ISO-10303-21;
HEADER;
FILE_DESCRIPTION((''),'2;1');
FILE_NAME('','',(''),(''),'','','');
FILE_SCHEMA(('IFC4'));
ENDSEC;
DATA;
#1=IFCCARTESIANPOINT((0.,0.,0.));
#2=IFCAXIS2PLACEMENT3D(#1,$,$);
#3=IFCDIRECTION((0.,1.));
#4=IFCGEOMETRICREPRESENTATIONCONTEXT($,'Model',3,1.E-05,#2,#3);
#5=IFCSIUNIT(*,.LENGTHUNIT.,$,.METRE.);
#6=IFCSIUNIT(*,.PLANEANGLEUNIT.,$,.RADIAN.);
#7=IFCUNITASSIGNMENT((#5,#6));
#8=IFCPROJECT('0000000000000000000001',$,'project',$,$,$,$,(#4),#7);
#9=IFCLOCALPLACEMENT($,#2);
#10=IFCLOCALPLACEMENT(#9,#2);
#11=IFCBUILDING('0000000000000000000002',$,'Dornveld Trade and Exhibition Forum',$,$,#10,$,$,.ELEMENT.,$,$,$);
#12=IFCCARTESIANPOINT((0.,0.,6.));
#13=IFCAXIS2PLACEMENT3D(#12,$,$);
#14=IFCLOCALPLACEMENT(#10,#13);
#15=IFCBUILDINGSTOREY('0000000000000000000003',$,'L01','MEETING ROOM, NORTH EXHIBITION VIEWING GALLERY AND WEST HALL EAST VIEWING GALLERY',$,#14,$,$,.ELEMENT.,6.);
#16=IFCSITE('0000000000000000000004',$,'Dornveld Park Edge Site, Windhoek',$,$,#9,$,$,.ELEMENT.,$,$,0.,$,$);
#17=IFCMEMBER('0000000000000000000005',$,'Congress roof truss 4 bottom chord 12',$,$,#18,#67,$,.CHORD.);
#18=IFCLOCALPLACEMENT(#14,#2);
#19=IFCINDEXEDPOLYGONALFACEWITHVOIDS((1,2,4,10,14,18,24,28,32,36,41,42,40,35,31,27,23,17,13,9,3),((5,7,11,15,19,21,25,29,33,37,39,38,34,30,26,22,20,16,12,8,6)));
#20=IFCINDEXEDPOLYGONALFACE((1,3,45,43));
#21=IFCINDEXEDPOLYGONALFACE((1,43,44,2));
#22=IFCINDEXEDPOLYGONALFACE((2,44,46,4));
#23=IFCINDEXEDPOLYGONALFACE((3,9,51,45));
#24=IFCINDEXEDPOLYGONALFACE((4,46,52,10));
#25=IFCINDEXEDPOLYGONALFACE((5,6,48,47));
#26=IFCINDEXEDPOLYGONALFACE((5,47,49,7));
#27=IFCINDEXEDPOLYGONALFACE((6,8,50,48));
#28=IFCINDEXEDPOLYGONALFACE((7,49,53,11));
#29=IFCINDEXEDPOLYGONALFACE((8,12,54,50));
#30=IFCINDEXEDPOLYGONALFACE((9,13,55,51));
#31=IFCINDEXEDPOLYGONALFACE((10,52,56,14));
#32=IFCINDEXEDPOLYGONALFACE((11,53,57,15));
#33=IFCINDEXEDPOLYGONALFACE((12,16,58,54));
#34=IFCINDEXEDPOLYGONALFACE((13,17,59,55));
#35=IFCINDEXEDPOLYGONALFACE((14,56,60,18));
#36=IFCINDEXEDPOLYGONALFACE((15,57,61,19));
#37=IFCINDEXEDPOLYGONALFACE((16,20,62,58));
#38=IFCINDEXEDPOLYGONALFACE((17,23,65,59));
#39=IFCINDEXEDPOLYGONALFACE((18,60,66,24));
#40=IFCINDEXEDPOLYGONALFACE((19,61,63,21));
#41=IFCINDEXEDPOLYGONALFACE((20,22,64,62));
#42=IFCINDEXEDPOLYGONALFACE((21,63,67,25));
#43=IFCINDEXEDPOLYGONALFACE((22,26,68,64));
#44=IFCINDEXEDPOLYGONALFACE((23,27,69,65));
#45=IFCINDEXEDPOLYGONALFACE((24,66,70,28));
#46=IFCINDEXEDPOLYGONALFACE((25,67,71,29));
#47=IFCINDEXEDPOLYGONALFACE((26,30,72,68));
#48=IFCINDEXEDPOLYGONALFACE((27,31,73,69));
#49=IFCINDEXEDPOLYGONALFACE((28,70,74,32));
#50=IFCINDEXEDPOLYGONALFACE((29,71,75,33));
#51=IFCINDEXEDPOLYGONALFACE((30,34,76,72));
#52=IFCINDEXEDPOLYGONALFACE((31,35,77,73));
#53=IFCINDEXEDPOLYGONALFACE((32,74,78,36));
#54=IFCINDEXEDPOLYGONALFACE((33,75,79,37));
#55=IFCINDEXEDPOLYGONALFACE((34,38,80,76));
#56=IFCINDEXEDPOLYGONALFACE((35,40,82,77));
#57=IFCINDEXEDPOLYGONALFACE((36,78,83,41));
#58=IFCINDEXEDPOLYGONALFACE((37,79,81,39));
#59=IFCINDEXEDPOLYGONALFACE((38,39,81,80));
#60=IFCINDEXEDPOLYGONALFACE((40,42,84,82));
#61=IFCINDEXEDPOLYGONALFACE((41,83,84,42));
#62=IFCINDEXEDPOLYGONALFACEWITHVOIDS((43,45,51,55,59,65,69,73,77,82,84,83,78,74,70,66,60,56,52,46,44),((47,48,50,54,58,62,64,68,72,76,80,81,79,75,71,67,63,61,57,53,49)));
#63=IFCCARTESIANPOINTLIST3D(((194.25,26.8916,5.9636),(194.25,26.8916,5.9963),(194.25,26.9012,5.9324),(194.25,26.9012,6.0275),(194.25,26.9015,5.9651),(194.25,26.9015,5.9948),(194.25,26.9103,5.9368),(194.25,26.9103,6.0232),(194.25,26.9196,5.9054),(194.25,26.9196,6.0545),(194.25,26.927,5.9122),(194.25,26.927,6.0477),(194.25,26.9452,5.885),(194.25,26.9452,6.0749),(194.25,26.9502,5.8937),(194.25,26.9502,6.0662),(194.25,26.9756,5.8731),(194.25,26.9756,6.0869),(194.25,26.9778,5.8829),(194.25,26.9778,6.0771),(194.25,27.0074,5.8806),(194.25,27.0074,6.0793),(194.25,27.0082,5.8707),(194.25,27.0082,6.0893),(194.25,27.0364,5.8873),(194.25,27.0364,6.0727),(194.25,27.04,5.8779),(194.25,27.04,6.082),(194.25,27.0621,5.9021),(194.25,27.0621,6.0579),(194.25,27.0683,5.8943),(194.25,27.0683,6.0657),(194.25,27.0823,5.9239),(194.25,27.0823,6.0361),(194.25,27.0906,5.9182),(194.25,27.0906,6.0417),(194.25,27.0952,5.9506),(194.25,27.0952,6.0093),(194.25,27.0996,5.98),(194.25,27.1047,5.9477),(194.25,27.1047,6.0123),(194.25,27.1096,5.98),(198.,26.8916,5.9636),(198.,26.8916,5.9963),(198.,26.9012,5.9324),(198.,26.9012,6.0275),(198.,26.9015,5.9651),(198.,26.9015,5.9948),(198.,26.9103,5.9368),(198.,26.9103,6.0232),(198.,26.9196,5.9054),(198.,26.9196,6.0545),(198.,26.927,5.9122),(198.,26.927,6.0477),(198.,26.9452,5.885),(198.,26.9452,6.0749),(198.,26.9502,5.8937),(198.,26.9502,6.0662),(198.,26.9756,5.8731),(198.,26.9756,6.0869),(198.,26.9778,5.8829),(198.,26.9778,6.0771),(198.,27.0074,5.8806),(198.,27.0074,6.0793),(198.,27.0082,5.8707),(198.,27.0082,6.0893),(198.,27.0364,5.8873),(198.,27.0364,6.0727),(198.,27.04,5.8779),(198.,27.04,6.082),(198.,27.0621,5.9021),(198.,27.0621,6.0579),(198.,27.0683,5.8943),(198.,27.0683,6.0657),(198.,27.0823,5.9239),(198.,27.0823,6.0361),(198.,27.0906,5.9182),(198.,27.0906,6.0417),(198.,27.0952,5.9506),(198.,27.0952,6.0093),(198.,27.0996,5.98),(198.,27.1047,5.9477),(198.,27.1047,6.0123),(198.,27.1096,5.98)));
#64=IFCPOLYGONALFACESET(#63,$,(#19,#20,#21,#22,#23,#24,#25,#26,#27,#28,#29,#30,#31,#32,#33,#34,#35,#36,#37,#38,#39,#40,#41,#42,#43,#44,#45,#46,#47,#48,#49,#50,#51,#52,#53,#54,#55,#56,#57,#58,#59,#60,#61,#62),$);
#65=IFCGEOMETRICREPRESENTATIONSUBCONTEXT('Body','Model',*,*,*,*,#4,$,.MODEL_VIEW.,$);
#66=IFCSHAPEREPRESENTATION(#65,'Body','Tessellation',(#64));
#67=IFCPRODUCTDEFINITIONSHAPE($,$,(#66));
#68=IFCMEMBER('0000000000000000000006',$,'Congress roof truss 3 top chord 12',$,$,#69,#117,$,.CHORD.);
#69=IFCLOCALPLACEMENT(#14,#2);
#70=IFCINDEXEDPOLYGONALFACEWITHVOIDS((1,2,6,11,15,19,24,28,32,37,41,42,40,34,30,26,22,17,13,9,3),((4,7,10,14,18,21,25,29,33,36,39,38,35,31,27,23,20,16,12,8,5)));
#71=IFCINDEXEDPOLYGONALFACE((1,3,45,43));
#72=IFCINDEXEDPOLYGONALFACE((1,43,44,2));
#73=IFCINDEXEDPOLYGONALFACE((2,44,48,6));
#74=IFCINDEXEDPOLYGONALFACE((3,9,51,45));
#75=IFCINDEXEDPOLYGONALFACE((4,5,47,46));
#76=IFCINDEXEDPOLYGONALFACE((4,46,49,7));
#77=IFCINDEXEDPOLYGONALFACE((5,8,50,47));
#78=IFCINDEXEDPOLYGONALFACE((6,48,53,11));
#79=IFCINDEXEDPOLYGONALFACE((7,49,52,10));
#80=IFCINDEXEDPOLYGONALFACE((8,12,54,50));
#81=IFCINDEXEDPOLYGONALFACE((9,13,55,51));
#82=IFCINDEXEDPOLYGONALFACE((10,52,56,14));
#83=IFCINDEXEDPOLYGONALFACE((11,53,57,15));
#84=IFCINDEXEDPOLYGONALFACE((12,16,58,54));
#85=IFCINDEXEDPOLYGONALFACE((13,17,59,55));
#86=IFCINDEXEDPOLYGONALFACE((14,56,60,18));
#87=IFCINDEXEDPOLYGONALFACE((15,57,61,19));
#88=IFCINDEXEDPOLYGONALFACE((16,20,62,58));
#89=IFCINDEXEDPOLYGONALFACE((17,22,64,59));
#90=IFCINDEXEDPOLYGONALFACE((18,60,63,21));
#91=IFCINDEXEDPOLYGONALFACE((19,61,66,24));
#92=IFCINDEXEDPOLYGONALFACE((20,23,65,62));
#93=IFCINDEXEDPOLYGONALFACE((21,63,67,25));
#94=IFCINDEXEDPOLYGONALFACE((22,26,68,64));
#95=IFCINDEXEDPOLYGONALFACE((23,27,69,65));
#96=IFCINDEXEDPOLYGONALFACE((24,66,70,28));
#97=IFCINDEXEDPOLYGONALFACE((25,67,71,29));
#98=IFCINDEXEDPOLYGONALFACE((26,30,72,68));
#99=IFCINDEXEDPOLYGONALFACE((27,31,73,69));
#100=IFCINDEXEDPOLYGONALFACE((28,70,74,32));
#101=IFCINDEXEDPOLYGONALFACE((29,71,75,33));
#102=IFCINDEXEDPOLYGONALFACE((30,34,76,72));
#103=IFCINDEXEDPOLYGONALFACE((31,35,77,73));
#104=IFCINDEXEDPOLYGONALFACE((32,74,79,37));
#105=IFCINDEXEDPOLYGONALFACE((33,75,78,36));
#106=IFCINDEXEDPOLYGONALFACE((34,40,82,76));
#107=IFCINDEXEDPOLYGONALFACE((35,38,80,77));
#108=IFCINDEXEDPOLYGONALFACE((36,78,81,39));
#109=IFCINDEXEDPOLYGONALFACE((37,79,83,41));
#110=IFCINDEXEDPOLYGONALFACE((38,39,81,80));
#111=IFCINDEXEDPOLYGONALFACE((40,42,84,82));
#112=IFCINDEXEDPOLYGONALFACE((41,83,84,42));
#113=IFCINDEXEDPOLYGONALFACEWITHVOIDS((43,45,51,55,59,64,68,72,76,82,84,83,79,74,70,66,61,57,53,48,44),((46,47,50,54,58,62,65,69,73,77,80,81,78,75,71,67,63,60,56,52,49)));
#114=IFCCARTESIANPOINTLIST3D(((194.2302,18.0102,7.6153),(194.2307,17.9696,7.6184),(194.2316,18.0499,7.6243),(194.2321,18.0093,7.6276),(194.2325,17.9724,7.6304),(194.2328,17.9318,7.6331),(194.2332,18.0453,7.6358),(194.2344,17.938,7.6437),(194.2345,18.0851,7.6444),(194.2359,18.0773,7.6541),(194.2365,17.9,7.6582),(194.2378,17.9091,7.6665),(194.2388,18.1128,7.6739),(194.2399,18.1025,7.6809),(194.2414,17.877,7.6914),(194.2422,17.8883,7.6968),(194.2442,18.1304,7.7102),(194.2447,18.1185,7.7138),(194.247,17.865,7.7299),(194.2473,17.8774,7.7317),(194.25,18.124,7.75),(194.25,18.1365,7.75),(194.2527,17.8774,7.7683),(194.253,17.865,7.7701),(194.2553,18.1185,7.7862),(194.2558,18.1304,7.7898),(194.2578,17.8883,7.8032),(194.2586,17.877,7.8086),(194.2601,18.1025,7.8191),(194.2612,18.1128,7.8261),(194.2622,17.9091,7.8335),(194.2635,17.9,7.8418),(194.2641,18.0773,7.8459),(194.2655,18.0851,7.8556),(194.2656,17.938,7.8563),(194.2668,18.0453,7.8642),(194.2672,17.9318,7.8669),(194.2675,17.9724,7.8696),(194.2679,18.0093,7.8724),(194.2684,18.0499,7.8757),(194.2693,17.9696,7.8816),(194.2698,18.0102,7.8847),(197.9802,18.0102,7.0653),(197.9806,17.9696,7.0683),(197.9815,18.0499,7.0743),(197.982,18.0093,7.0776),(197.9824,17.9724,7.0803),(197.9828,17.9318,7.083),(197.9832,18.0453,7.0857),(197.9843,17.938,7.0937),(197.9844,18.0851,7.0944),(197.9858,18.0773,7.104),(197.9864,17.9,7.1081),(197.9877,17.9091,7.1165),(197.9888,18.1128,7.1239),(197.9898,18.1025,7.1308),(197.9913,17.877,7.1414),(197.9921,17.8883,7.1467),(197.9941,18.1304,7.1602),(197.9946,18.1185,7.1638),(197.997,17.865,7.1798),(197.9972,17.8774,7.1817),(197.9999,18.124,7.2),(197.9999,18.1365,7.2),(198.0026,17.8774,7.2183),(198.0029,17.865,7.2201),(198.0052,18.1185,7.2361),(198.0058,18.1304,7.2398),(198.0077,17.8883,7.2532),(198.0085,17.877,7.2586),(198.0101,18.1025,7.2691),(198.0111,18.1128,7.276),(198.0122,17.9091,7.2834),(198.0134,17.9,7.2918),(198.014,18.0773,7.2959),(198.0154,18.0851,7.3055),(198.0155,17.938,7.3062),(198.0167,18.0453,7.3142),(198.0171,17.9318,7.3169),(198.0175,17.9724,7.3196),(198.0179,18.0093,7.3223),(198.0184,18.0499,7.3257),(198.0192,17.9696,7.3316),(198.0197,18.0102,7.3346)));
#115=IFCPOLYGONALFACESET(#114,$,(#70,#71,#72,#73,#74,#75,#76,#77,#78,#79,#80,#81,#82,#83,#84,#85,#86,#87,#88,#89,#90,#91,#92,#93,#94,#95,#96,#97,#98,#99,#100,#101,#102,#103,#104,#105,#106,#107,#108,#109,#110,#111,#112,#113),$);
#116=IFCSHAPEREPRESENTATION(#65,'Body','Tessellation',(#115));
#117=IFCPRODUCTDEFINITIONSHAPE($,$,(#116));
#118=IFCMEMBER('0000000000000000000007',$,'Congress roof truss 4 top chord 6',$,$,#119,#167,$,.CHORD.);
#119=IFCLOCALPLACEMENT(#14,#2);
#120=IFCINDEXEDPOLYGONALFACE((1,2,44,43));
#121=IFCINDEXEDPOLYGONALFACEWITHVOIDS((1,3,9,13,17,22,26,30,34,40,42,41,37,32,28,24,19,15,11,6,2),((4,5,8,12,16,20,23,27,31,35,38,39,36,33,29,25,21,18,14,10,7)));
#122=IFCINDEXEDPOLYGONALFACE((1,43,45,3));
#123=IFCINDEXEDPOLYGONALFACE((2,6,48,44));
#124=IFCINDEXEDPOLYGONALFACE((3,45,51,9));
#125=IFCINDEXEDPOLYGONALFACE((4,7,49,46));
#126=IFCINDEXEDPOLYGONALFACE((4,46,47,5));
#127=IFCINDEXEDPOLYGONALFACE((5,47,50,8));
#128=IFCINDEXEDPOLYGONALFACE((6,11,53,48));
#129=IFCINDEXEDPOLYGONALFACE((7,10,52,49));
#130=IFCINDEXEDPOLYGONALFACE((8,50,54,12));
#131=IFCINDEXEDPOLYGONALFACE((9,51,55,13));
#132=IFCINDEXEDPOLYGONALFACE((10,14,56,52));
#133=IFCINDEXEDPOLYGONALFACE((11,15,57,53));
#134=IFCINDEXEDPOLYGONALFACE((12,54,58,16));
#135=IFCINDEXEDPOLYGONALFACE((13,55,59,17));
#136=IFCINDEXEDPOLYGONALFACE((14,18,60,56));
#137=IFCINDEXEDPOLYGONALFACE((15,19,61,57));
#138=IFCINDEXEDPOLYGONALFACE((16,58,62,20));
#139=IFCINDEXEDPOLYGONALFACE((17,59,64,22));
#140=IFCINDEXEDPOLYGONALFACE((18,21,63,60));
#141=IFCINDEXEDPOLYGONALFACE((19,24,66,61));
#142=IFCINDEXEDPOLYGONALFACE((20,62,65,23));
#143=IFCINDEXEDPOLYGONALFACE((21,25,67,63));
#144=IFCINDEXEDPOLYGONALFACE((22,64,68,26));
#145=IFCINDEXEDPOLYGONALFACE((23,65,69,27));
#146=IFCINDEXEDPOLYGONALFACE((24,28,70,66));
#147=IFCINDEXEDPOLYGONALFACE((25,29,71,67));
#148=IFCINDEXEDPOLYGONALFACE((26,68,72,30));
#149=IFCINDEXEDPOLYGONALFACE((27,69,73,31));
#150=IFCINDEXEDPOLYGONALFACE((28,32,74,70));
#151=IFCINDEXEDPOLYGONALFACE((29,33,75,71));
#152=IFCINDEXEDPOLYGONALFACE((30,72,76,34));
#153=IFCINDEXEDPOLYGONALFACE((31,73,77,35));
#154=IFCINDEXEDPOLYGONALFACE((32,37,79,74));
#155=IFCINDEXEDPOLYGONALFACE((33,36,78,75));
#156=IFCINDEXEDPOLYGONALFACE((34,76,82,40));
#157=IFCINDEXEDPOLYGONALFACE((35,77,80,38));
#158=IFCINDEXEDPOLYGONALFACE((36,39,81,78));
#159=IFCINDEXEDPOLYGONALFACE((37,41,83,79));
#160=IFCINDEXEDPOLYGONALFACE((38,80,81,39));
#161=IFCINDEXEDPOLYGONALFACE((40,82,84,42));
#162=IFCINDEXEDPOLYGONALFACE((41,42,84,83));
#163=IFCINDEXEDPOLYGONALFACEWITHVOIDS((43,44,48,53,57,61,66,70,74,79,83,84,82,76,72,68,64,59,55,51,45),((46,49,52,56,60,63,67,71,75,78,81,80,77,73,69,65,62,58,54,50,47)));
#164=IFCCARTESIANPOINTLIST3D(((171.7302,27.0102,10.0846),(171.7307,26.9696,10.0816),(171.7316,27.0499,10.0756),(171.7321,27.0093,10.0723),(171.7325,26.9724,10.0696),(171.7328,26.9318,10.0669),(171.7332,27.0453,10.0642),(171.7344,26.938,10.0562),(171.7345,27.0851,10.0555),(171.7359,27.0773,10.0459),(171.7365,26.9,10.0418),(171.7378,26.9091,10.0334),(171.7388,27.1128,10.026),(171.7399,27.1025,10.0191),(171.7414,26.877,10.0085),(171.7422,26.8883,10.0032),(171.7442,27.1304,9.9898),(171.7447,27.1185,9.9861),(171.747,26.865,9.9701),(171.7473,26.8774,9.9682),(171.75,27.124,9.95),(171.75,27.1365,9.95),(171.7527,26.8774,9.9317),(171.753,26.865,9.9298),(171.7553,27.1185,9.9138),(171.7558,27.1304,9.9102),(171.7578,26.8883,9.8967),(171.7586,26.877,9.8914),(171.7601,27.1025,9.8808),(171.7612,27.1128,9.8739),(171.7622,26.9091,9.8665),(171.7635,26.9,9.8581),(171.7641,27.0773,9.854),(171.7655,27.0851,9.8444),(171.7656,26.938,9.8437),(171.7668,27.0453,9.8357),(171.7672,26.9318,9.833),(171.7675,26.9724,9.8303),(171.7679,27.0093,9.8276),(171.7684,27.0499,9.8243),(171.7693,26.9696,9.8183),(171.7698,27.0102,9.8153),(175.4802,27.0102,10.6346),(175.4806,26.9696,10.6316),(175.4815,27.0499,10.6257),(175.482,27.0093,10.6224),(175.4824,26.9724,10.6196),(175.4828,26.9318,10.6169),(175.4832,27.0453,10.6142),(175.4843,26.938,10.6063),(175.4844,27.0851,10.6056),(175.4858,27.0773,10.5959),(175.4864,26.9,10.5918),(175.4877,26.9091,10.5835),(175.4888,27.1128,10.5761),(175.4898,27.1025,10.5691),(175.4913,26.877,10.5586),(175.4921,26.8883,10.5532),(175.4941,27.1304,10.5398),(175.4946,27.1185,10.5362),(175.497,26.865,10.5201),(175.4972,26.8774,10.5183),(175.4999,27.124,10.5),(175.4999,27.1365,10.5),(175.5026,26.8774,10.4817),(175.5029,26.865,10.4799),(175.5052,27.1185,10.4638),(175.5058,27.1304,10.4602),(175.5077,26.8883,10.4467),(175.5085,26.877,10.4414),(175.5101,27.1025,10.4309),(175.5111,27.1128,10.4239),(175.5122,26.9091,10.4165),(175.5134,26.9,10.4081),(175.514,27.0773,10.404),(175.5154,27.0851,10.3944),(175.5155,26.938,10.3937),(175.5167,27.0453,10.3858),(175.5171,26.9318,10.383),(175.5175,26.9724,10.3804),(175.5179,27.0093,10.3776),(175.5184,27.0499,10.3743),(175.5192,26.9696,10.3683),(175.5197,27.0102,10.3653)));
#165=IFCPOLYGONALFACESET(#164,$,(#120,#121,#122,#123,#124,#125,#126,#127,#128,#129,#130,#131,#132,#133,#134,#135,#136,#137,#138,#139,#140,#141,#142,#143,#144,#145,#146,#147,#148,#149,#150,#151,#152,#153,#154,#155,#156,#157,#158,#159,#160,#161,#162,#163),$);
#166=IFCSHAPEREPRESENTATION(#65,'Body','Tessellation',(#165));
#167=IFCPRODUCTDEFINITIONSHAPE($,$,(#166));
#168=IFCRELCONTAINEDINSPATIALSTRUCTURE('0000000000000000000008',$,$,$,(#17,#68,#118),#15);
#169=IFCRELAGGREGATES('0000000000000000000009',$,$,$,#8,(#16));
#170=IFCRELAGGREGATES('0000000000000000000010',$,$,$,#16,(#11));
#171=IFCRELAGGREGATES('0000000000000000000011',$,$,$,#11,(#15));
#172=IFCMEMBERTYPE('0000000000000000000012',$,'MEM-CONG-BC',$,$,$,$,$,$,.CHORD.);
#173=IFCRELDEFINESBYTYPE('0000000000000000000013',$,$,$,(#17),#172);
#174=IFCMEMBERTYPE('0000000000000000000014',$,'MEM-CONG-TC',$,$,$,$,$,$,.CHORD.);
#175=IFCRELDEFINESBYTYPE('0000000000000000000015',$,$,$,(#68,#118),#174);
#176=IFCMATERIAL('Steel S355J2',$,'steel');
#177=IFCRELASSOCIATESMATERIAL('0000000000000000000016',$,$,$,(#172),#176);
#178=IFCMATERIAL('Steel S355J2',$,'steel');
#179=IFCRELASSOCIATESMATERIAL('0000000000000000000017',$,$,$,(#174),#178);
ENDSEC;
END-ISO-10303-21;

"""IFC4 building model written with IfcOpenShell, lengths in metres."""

from ifc_helpers import new_model, si_unit, direction, frame, origin, origin_2d, place, context, subcontext, project, spatial, hollow_circle, extrude, material, material_profile, profile_set, type_object, element, save


model = new_model("IFC4")

# Units and contexts
model_context = context("Model", 3, precision=1e-05, world=origin(), true_north=direction((0.0, 1.0)))
body_context = subcontext(model_context, "Body", "Model", "MODEL_VIEW")
ifc_project = project(units=[si_unit("LENGTHUNIT", "METRE"), si_unit("PLANEANGLEUNIT", "RADIAN")], contexts=[model_context])

# Site, building, storey
site_placement = place(None, origin())
site = spatial("IfcSite", under=ifc_project, at=site_placement, Name="Dornveld Park Edge Site, Windhoek", CompositionType="ELEMENT", RefElevation=0.0)
building_placement = place(site_placement, origin())
building = spatial("IfcBuilding", under=site, at=building_placement, Name="Dornveld Trade and Exhibition Forum", CompositionType="ELEMENT")
storey_placement = place(building_placement, frame((0.0, 0.0, 6.0)))
storey = spatial("IfcBuildingStorey", under=building, at=storey_placement, Name="L01", Description="MEETING ROOM, NORTH EXHIBITION VIEWING GALLERY AND WEST HALL EAST VIEWING GALLERY", CompositionType="ELEMENT", Elevation=6.0)

# Members
ifc_material_1 = material(Name="Steel S355J2", Category="steel")
ifc_material_profile_1 = material_profile(ifc_material_1, hollow_circle(Radius=0.1096, WallThickness=0.01, at=origin_2d()), Name="CHS 219.1x10")
ifc_profile_set_1 = profile_set([ifc_material_profile_1], Name="Steel S355J2")
member_type_1 = type_object("IfcMemberType", Name="MEM-CONG-BC", PredefinedType="CHORD", material=ifc_profile_set_1)
for number, where, z_axis, x_axis, name in (
    (1, (194.25, 27.0, 5.98), (1.0, 0.0, 0.0), (0.0, 1.0, 0.0), "Congress roof truss 4 bottom chord 12"),
):
    element("IfcMember", number, at=place(storey_placement, frame(where, z_axis=z_axis, x_axis=x_axis)), inside=storey, type_object=member_type_1, Name=name, PredefinedType="CHORD", context=body_context, shape_type="SweptSolid", body=[
        extrude(hollow_circle(Radius=0.1096, WallThickness=0.01, at=origin_2d()), origin(), (0.0, 0.0, 1.0), 3.75),
    ])
ifc_material_2 = material(Name="Steel S355J2", Category="steel")
ifc_material_profile_2 = material_profile(ifc_material_2, hollow_circle(Radius=0.1365, WallThickness=0.0125, at=origin_2d()), Name="CHS 273x12.5")
ifc_profile_set_2 = profile_set([ifc_material_profile_2], Name="Steel S355J2")
member_type_2 = type_object("IfcMemberType", Name="MEM-CONG-TC", PredefinedType="CHORD", material=ifc_profile_set_2)
for number, where, z_axis, x_axis, name in (
    (2, (194.25, 18.0, 7.75), (0.989413, 0.0, -0.145127), (0.0, 1.0, 0.0), "Congress roof truss 3 top chord 12"),
    (3, (171.75, 27.0, 9.95), (0.989413, 0.0, 0.145127), (0.0, 1.0, 0.0), "Congress roof truss 4 top chord 6"),
):
    element("IfcMember", number, at=place(storey_placement, frame(where, z_axis=z_axis, x_axis=x_axis)), inside=storey, type_object=member_type_2, Name=name, PredefinedType="CHORD", context=body_context, shape_type="SweptSolid", body=[
        extrude(hollow_circle(Radius=0.1365, WallThickness=0.0125, at=origin_2d()), origin(), (0.0, 0.0, 1.0), 3.79),
    ])

save(model, "model.ifc")
